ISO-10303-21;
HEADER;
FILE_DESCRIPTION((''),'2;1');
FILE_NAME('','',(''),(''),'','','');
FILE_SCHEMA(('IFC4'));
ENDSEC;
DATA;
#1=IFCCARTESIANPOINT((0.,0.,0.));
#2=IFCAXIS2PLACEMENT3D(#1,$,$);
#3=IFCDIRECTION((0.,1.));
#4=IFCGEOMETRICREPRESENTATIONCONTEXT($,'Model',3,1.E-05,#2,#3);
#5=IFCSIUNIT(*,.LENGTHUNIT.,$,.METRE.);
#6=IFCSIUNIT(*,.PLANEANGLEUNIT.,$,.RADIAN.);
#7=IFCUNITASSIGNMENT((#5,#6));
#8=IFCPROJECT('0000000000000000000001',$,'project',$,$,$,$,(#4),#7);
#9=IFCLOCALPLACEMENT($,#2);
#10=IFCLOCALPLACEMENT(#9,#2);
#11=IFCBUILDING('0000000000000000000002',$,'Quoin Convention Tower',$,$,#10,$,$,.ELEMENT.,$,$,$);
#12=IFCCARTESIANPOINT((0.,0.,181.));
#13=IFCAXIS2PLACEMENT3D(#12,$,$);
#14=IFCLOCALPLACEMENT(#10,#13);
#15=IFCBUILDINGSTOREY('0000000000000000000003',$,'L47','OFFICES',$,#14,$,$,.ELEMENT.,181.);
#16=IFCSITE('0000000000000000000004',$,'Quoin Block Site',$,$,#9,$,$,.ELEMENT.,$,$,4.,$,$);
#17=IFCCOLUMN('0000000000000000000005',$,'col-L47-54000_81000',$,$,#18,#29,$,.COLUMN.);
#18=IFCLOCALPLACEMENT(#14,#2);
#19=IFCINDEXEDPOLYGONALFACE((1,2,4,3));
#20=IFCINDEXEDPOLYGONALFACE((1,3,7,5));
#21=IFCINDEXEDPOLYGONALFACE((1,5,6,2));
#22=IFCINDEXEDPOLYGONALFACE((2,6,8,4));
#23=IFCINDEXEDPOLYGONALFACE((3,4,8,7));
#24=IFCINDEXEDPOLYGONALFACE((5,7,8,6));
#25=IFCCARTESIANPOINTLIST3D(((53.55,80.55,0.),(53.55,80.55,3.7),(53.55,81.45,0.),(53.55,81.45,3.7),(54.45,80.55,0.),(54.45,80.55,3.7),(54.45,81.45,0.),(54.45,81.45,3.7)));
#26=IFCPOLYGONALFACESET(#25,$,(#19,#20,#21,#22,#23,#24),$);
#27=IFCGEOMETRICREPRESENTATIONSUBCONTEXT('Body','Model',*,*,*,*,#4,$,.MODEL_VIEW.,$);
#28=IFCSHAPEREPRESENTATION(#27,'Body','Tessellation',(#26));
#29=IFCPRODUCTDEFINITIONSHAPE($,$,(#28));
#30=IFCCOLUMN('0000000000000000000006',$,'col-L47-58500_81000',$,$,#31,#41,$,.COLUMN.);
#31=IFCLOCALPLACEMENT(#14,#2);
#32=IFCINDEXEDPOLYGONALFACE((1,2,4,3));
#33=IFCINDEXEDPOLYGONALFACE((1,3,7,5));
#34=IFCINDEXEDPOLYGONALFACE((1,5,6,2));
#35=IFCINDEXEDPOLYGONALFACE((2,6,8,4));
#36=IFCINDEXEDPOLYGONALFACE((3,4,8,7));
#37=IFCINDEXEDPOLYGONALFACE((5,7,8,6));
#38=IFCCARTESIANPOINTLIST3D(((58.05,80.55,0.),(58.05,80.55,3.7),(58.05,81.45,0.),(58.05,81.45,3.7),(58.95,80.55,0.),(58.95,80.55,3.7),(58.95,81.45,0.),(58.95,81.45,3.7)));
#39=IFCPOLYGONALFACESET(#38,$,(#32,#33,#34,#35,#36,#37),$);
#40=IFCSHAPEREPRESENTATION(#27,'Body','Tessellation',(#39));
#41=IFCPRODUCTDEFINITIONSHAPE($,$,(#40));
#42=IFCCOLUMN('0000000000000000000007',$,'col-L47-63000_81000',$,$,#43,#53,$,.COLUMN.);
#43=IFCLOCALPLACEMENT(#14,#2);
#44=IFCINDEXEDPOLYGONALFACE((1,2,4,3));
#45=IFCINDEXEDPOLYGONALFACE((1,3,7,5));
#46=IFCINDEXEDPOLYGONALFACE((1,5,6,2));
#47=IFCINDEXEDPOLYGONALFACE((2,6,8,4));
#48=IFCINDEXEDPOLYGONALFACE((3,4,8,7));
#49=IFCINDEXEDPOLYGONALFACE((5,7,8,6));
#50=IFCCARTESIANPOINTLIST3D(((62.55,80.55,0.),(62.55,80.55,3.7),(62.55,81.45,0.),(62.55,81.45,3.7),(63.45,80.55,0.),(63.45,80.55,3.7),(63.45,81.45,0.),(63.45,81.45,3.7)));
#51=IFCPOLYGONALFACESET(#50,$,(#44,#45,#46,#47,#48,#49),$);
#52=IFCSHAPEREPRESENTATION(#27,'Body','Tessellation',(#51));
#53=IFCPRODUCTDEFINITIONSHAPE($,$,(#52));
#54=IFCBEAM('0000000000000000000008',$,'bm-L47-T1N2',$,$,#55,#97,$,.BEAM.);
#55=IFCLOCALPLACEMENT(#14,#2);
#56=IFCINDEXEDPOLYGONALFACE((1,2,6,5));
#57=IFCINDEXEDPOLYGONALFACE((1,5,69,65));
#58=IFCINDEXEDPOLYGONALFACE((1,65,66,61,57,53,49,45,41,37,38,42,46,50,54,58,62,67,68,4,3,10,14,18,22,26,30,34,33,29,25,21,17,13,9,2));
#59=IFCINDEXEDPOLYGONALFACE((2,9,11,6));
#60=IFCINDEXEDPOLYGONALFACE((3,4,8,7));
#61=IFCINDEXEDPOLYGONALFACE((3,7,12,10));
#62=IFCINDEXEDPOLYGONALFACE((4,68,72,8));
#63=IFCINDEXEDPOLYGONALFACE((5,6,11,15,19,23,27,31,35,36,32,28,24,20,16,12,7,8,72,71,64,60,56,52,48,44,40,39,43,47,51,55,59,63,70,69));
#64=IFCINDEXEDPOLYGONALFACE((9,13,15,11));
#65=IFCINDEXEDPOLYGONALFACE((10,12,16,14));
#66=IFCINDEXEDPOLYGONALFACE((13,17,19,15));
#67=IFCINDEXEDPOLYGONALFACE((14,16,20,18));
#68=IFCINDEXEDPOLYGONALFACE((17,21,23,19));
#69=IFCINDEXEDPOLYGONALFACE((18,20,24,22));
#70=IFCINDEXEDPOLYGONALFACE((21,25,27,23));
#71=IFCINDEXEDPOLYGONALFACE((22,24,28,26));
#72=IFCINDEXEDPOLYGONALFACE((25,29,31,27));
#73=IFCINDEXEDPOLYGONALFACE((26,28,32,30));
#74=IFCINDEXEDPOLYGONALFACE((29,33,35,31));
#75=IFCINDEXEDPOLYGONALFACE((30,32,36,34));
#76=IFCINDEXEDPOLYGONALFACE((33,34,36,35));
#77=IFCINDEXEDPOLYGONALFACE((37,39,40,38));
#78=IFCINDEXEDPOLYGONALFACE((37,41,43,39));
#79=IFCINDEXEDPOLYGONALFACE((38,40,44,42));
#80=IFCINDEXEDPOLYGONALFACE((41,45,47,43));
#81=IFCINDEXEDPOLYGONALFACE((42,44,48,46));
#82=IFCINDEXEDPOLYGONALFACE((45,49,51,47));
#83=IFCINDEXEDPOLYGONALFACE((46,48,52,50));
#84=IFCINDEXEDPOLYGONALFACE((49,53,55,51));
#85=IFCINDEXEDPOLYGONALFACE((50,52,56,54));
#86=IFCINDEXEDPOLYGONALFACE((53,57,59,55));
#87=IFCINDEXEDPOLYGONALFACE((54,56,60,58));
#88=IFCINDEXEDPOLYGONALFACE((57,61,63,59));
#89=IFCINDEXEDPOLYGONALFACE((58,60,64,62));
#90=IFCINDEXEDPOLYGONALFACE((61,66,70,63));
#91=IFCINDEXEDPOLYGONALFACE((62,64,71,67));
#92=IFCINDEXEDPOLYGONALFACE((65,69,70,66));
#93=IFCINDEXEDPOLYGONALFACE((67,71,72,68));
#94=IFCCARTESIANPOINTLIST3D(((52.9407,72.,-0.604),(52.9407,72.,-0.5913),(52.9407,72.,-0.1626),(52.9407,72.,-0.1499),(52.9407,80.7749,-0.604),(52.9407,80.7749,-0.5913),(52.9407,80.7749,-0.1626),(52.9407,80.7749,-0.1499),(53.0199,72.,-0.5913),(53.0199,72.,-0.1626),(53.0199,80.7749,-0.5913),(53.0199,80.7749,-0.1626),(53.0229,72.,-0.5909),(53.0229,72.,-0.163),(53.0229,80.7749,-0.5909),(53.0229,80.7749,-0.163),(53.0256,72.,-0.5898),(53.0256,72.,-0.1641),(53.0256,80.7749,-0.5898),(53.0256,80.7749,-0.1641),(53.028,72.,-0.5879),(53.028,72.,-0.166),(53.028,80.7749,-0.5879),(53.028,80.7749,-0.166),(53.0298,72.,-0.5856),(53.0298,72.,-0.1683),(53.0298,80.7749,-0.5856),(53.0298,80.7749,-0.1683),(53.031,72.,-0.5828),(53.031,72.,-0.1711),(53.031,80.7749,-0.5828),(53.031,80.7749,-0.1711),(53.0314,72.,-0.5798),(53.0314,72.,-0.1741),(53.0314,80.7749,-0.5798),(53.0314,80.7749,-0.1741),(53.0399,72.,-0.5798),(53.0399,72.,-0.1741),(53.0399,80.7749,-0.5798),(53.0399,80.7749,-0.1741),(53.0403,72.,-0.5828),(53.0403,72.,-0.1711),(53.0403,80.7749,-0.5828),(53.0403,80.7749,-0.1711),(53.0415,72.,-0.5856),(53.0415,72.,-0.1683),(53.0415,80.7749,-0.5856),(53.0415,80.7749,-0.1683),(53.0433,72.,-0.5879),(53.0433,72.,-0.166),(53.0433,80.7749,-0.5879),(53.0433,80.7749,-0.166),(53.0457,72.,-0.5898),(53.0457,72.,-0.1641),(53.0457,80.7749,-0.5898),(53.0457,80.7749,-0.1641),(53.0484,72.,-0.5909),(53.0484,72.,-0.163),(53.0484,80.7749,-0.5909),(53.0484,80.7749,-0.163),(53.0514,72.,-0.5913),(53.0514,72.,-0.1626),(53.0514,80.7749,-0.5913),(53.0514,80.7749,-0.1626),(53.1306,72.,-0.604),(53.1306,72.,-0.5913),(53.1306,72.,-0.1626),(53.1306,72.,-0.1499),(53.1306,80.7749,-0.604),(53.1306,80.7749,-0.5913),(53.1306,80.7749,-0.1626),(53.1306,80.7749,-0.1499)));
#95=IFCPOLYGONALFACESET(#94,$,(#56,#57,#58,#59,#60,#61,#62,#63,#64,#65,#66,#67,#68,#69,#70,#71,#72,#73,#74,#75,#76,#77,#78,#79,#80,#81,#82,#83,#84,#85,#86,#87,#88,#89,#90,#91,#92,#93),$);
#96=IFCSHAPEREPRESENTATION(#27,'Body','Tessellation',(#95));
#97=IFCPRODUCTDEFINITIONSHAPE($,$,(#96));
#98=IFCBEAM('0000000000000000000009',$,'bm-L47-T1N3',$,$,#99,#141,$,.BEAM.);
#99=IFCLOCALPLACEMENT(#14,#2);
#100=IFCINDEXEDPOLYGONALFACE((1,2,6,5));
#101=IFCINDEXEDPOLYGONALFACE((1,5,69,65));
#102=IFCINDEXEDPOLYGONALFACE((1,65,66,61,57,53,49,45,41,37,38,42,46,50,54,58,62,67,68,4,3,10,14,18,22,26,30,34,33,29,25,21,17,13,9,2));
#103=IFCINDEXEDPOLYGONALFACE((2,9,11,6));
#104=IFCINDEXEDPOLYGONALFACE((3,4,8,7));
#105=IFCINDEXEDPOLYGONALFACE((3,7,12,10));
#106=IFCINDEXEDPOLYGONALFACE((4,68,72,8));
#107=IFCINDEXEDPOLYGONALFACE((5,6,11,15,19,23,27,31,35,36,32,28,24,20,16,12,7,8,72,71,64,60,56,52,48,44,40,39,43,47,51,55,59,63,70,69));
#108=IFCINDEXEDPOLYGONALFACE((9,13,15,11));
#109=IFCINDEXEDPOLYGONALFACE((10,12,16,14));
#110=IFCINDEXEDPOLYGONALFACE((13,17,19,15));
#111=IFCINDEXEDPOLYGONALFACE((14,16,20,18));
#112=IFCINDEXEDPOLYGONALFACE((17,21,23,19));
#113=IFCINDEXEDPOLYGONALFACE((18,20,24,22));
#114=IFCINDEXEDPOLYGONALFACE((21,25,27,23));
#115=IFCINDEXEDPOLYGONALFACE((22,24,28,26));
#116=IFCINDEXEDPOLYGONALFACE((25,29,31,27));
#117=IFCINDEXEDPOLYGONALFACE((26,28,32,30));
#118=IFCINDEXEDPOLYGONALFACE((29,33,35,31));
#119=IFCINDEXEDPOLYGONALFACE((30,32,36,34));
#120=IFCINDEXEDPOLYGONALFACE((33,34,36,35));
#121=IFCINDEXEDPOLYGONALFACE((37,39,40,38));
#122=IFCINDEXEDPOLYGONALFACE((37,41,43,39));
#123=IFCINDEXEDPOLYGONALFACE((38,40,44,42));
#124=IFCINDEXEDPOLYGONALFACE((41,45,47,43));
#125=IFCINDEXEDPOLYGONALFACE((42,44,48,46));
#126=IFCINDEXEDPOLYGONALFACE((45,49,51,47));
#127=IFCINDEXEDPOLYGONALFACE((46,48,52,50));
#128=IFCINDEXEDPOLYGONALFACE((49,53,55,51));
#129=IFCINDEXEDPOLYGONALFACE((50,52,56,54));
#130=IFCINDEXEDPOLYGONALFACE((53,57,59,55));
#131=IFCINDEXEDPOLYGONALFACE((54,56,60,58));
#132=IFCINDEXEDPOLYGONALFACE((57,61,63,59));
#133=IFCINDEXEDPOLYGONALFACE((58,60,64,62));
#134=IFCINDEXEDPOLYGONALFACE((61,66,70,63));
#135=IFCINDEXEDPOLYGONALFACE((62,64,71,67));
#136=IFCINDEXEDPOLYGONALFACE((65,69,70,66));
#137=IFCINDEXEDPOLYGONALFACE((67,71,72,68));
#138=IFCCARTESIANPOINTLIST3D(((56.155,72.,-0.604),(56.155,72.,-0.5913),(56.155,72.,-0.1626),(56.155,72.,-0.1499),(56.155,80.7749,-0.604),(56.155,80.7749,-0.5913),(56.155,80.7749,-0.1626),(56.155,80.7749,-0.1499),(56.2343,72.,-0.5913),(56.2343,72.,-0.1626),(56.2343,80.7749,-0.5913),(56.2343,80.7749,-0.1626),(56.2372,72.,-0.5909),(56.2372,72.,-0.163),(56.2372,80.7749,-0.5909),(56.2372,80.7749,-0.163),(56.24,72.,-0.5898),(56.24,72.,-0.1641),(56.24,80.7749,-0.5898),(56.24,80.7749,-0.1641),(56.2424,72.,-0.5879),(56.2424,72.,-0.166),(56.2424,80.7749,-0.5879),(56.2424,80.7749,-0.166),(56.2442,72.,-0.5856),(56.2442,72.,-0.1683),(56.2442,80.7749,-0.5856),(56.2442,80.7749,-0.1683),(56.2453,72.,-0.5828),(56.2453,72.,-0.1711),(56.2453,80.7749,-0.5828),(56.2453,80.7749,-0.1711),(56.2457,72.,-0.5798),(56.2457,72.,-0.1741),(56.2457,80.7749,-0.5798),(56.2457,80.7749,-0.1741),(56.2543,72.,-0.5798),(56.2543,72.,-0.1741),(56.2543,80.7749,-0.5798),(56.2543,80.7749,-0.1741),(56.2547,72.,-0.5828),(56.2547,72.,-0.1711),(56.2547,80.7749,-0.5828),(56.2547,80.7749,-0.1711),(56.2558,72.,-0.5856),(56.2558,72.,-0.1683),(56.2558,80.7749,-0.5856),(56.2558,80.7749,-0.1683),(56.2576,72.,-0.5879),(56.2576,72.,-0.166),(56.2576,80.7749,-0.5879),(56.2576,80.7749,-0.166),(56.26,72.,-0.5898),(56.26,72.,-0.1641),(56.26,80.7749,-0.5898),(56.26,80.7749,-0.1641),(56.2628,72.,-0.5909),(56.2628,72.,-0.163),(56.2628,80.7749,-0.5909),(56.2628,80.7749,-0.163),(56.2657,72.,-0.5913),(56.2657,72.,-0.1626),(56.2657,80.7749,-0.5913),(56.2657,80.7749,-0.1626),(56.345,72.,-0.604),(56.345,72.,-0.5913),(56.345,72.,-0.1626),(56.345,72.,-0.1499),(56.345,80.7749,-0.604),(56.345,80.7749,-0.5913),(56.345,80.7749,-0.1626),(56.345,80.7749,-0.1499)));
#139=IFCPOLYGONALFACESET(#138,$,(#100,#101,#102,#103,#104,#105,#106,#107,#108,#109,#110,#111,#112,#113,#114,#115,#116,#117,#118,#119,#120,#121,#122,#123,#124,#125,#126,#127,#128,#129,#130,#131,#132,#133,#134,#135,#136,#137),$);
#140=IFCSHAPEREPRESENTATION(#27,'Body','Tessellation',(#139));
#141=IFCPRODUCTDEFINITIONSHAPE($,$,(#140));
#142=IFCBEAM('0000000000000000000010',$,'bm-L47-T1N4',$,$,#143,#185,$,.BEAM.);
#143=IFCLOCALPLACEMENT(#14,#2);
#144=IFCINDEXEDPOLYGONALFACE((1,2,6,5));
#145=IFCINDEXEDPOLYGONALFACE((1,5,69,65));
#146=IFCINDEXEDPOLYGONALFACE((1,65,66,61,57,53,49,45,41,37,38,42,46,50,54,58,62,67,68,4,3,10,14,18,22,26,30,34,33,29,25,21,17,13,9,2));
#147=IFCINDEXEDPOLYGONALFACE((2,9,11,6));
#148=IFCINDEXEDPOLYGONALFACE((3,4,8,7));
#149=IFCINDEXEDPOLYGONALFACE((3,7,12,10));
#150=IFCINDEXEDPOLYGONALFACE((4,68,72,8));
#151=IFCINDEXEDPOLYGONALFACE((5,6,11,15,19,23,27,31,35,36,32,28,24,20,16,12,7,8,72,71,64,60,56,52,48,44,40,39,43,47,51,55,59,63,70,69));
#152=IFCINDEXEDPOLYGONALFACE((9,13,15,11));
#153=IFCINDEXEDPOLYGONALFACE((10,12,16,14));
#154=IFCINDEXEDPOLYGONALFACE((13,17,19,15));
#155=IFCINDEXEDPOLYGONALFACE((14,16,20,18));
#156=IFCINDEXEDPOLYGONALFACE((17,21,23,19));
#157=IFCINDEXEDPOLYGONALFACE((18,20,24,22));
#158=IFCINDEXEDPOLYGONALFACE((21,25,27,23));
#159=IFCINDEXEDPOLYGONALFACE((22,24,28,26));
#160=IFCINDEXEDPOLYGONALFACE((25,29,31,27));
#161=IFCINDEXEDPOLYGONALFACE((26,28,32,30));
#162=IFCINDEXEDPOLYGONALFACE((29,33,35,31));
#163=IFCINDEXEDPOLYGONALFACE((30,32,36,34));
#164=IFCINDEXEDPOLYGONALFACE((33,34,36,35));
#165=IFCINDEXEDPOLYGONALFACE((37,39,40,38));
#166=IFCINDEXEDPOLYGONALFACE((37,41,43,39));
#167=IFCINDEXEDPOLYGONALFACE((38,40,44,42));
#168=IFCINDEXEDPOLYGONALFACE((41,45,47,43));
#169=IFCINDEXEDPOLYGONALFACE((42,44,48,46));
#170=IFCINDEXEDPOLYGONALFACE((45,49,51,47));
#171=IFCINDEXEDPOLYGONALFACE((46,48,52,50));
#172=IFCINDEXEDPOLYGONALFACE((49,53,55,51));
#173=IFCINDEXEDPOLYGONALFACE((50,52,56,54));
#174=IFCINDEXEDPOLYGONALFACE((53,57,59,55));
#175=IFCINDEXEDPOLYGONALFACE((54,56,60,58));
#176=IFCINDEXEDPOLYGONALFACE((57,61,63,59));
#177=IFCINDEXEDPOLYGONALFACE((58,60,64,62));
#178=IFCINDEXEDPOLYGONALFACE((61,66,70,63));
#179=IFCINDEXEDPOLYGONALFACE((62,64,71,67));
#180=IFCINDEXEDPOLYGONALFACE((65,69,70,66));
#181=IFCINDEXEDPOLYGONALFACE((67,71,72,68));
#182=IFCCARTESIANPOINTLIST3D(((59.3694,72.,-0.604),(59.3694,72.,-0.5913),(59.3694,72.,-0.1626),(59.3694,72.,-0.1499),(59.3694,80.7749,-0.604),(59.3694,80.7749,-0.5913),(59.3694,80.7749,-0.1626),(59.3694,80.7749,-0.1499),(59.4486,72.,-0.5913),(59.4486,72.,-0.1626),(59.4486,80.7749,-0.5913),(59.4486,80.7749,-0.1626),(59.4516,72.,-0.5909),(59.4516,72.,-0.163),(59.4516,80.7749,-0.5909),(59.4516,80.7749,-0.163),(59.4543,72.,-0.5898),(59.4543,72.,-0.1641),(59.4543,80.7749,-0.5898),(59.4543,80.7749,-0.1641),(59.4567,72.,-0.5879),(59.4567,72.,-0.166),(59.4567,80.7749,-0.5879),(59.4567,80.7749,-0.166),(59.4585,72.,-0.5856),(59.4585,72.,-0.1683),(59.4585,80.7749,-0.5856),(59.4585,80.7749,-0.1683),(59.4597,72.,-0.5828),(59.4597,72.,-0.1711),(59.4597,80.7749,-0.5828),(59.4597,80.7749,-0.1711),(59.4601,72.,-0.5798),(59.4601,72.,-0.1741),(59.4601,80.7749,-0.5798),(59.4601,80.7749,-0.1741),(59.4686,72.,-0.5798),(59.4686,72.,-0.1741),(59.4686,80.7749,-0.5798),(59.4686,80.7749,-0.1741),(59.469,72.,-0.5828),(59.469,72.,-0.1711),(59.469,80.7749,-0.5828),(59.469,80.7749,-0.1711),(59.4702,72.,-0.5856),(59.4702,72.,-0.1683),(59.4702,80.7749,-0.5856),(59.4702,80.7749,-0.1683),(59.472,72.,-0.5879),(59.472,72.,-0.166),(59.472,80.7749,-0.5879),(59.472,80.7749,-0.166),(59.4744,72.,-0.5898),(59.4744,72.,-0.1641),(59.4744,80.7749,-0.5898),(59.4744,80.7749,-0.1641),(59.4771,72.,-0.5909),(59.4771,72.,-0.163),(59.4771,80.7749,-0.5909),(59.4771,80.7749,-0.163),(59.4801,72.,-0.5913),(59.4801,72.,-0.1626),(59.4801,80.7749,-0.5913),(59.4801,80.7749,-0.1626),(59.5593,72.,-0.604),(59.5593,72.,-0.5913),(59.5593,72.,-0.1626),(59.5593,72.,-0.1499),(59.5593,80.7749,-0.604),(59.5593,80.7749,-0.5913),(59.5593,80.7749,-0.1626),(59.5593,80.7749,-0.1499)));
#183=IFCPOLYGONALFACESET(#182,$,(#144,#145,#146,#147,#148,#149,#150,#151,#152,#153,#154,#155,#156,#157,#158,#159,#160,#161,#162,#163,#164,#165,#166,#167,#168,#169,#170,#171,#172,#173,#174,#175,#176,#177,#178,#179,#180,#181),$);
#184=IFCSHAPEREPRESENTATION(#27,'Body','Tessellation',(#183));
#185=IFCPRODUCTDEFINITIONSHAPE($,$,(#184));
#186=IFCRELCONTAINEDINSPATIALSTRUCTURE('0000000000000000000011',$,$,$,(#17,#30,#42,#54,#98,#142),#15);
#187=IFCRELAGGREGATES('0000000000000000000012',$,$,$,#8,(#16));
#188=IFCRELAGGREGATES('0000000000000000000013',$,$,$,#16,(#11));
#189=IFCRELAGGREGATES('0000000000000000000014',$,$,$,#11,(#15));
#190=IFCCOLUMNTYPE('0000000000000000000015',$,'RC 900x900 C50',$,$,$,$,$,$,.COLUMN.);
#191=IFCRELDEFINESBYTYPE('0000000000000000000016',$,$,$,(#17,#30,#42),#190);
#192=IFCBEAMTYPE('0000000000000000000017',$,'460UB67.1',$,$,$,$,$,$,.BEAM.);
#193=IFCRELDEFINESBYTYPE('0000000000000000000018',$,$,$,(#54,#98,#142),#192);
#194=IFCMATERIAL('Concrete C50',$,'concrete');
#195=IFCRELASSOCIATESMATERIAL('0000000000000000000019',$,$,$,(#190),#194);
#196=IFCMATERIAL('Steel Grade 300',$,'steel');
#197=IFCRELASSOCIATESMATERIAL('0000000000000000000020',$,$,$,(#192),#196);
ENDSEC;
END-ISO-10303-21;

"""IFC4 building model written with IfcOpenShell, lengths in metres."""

from ifc_helpers import new_model, si_unit, direction, frame, origin, origin_2d, place, context, subcontext, project, spatial, rectangle, i_section, extrude, material, material_profile, profile_set, type_object, element, save


model = new_model("IFC4")

# Units and contexts
model_context = context("Model", 3, precision=1e-05, world=origin(), true_north=direction((0.0, 1.0)))
body_context = subcontext(model_context, "Body", "Model", "MODEL_VIEW")
ifc_project = project(units=[si_unit("LENGTHUNIT", "METRE"), si_unit("PLANEANGLEUNIT", "RADIAN")], contexts=[model_context])

# Site, building, storey
site_placement = place(None, origin())
site = spatial("IfcSite", under=ifc_project, at=site_placement, Name="Quoin Block Site", CompositionType="ELEMENT", RefElevation=4.0)
building_placement = place(site_placement, origin())
building = spatial("IfcBuilding", under=site, at=building_placement, Name="Quoin Convention Tower", CompositionType="ELEMENT")
storey_placement = place(building_placement, frame((0.0, 0.0, 181.0)))
storey = spatial("IfcBuildingStorey", under=building, at=storey_placement, Name="L47", Description="OFFICES", CompositionType="ELEMENT", Elevation=181.0)

# Columns
ifc_material_1 = material(Name="Concrete C50", Category="concrete")
ifc_material_profile_1 = material_profile(ifc_material_1, rectangle(XDim=0.8999, YDim=0.8999, at=origin_2d()), Name="RC 900x900")
ifc_profile_set_1 = profile_set([ifc_material_profile_1], Name="Concrete C50")
column_type = type_object("IfcColumnType", Name="RC 900x900 C50", PredefinedType="COLUMN", material=ifc_profile_set_1)
for number, where, z_axis, x_axis, name in (
    (1, (54.0, 81.0, 0.0), (0.0, 0.0, 1.0), (1.0, 0.0, 0.0), "col-L47-54000_81000"),
    (2, (58.5, 81.0, 0.0), (0.0, 0.0, 1.0), (1.0, 0.0, 0.0), "col-L47-58500_81000"),
    (3, (63.0, 81.0, 0.0), (0.0, 0.0, 1.0), (1.0, 0.0, 0.0), "col-L47-63000_81000"),
):
    element("IfcColumn", number, at=place(storey_placement, frame(where, z_axis=z_axis, x_axis=x_axis)), inside=storey, type_object=column_type, Name=name, PredefinedType="COLUMN", context=body_context, shape_type="SweptSolid", body=[
        extrude(rectangle(XDim=0.8999, YDim=0.8999, at=origin_2d()), origin(), (0.0, 0.0, 1.0), 3.7),
    ])

# Beams
ifc_material_2 = material(Name="Steel Grade 300", Category="steel")
ifc_material_profile_2 = material_profile(ifc_material_2, i_section(OverallWidth=0.1899, OverallDepth=0.4541, WebThickness=0.0085, FlangeThickness=0.0127, FilletRadius=0.0115, at=origin_2d()), Name="460UB67.1")
ifc_profile_set_2 = profile_set([ifc_material_profile_2], Name="Steel Grade 300")
beam_type_1 = type_object("IfcBeamType", Name="460UB67.1", PredefinedType="BEAM", material=ifc_profile_set_2)
for number, where, z_axis, x_axis, name in (
    (4, (53.0356, 72.0, -0.377), (0.0, 1.0, 0.0), (-1.0, 0.0, 0.0), "bm-L47-T1N2"),
    (5, (56.25, 72.0, -0.377), (0.0, 1.0, 0.0), (-1.0, 0.0, 0.0), "bm-L47-T1N3"),
    (6, (59.4644, 72.0, -0.377), (0.0, 1.0, 0.0), (-1.0, 0.0, 0.0), "bm-L47-T1N4"),
):
    element("IfcBeam", number, at=place(storey_placement, frame(where, z_axis=z_axis, x_axis=x_axis)), inside=storey, type_object=beam_type_1, Name=name, PredefinedType="BEAM", context=body_context, shape_type="SweptSolid", body=[
        extrude(i_section(OverallWidth=0.1899, OverallDepth=0.4541, WebThickness=0.0085, FlangeThickness=0.0127, FilletRadius=0.0115, at=origin_2d()), origin(), (0.0, 0.0, 1.0), 8.7749),
    ])

save(model, "model.ifc")
